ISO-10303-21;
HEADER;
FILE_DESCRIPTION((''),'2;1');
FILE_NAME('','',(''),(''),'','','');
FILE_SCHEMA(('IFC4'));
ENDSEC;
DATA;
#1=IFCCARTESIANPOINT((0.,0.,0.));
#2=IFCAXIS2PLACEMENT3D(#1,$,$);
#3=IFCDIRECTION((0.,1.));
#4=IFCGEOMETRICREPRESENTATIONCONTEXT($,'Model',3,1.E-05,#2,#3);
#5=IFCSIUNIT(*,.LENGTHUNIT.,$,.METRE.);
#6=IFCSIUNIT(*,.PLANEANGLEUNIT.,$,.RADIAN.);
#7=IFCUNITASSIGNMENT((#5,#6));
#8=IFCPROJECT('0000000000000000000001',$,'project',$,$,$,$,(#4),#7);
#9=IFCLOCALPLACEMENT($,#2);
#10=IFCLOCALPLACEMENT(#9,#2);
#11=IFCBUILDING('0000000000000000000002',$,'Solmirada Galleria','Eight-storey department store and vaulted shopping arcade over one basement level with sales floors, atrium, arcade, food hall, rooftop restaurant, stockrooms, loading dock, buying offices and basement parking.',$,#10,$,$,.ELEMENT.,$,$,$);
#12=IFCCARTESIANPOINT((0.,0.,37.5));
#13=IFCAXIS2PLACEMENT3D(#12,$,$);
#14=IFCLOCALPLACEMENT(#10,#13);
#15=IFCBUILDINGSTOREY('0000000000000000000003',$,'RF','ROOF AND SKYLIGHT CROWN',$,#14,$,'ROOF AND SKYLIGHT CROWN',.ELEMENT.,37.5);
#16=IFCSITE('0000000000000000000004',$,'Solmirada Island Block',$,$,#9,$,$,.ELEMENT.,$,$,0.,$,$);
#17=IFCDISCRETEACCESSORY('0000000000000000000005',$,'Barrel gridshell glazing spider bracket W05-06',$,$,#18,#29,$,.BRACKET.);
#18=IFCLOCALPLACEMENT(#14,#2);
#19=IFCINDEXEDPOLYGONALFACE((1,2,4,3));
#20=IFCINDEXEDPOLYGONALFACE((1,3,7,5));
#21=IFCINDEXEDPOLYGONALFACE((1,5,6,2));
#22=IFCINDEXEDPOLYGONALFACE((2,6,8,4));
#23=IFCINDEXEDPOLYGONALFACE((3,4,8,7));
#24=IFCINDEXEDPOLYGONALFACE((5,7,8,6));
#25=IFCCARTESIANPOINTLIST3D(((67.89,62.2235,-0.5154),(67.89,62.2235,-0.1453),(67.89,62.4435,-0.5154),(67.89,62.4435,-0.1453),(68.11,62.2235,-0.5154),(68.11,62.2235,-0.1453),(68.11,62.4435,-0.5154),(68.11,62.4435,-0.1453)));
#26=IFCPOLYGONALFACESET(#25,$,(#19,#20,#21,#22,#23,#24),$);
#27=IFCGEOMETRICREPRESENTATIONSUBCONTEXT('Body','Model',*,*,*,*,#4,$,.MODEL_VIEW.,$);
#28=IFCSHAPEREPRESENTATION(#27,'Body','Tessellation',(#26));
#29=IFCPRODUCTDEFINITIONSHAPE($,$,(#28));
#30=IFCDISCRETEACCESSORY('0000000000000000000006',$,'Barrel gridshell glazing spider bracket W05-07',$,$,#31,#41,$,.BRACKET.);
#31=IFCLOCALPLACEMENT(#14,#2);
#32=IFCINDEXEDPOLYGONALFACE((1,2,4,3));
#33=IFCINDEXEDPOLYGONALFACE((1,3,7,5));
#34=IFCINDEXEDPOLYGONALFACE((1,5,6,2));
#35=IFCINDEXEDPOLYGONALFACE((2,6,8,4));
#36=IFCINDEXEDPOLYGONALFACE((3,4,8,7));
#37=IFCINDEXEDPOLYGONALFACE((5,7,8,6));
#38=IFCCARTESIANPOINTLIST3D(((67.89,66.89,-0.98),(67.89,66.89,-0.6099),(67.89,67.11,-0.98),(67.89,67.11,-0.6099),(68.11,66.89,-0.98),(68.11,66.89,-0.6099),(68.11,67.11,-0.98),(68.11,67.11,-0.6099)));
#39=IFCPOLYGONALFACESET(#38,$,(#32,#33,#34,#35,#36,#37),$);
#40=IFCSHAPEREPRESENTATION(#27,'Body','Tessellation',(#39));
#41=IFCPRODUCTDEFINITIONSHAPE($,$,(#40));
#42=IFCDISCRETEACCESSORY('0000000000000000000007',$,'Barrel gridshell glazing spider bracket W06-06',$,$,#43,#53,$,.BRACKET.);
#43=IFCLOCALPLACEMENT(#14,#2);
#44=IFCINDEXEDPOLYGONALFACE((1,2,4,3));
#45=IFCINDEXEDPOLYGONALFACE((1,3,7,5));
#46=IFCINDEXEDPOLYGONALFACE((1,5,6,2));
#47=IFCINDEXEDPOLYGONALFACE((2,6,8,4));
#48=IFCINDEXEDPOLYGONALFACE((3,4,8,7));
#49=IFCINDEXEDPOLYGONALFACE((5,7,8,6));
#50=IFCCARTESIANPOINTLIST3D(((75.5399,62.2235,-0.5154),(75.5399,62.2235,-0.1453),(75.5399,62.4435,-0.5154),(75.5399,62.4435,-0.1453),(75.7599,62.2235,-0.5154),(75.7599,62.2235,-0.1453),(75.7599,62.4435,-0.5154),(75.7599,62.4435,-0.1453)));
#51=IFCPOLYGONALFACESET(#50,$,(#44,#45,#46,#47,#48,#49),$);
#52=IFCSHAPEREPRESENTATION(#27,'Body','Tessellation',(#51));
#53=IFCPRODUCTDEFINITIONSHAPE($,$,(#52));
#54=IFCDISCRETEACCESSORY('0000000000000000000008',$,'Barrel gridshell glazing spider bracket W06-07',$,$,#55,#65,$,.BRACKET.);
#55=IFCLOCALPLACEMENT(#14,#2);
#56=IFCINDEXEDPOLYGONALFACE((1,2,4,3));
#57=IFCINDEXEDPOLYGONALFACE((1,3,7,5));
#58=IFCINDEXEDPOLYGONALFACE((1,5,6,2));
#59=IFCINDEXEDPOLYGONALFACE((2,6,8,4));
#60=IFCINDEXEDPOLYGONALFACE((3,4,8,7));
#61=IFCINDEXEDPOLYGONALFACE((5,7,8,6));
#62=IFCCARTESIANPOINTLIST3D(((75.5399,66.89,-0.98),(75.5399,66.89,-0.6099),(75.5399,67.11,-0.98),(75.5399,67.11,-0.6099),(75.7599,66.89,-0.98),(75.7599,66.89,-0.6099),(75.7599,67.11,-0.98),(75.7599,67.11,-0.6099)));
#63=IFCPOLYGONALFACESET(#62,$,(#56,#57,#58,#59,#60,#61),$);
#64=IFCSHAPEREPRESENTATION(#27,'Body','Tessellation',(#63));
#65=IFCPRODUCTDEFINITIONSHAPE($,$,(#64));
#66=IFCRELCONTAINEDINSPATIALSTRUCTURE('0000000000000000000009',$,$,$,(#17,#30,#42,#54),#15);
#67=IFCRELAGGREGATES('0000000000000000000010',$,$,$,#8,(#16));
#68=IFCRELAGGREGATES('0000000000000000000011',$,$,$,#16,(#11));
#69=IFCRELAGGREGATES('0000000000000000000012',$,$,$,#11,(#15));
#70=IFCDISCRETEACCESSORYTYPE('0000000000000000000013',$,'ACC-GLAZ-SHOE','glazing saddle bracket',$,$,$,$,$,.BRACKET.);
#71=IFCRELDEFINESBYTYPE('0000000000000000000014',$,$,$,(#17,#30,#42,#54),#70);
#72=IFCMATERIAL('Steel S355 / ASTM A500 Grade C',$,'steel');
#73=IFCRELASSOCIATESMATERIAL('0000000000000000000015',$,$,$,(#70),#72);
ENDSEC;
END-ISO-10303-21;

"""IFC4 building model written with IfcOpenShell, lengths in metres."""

from ifc_helpers import new_model, si_unit, direction, frame, origin, origin_2d, place, context, subcontext, project, spatial, rectangle, extrude, material, type_object, element, save


model = new_model("IFC4")

# Units and contexts
model_context = context("Model", 3, precision=1e-05, world=origin(), true_north=direction((0.0, 1.0)))
body_context = subcontext(model_context, "Body", "Model", "MODEL_VIEW")
ifc_project = project(units=[si_unit("LENGTHUNIT", "METRE"), si_unit("PLANEANGLEUNIT", "RADIAN")], contexts=[model_context])

# Site, building, storey
site_placement = place(None, origin())
site = spatial("IfcSite", under=ifc_project, at=site_placement, Name="Solmirada Island Block", CompositionType="ELEMENT", RefElevation=0.0)
building_placement = place(site_placement, origin())
building = spatial("IfcBuilding", under=site, at=building_placement, Name="Solmirada Galleria", Description="Eight-storey department store and vaulted shopping arcade over one basement level with sales floors, atrium, arcade, food hall, rooftop restaurant, stockrooms, loading dock, buying offices and basement parking.", CompositionType="ELEMENT")
storey_placement = place(building_placement, frame((0.0, 0.0, 37.5)))
storey = spatial("IfcBuildingStorey", under=building, at=storey_placement, Name="RF", Description="ROOF AND SKYLIGHT CROWN", LongName="ROOF AND SKYLIGHT CROWN", CompositionType="ELEMENT", Elevation=37.5)

# Shared definitions
ifc_material_1 = material(Name="Steel S355 / ASTM A500 Grade C", Category="steel")

# Discrete accessories
discrete_accessory_type = type_object("IfcDiscreteAccessoryType", Name="ACC-GLAZ-SHOE", Description="glazing saddle bracket", PredefinedType="BRACKET", material=ifc_material_1)
for number, where, z_axis, x_axis, name in (
    (1, (68.0, 62.3335, -0.5154), (0.0, 0.0, 1.0), (1.0, 0.0, 0.0), "Barrel gridshell glazing spider bracket W05-06"),
    (2, (68.0, 67.0, -0.98), (0.0, 0.0, 1.0), (1.0, 0.0, 0.0), "Barrel gridshell glazing spider bracket W05-07"),
    (3, (75.6499, 62.3335, -0.5154), (0.0, 0.0, 1.0), (1.0, 0.0, 0.0), "Barrel gridshell glazing spider bracket W06-06"),
    (4, (75.6499, 67.0, -0.98), (0.0, 0.0, 1.0), (1.0, 0.0, 0.0), "Barrel gridshell glazing spider bracket W06-07"),
):
    element("IfcDiscreteAccessory", number, at=place(storey_placement, frame(where, z_axis=z_axis, x_axis=x_axis)), inside=storey, type_object=discrete_accessory_type, Name=name, PredefinedType="BRACKET", context=body_context, shape_type="SweptSolid", body=[
        extrude(rectangle(XDim=0.22, YDim=0.22, at=origin_2d()), origin(), (0.0, 0.0, 1.0), 0.3701),
    ])

save(model, "model.ifc")
